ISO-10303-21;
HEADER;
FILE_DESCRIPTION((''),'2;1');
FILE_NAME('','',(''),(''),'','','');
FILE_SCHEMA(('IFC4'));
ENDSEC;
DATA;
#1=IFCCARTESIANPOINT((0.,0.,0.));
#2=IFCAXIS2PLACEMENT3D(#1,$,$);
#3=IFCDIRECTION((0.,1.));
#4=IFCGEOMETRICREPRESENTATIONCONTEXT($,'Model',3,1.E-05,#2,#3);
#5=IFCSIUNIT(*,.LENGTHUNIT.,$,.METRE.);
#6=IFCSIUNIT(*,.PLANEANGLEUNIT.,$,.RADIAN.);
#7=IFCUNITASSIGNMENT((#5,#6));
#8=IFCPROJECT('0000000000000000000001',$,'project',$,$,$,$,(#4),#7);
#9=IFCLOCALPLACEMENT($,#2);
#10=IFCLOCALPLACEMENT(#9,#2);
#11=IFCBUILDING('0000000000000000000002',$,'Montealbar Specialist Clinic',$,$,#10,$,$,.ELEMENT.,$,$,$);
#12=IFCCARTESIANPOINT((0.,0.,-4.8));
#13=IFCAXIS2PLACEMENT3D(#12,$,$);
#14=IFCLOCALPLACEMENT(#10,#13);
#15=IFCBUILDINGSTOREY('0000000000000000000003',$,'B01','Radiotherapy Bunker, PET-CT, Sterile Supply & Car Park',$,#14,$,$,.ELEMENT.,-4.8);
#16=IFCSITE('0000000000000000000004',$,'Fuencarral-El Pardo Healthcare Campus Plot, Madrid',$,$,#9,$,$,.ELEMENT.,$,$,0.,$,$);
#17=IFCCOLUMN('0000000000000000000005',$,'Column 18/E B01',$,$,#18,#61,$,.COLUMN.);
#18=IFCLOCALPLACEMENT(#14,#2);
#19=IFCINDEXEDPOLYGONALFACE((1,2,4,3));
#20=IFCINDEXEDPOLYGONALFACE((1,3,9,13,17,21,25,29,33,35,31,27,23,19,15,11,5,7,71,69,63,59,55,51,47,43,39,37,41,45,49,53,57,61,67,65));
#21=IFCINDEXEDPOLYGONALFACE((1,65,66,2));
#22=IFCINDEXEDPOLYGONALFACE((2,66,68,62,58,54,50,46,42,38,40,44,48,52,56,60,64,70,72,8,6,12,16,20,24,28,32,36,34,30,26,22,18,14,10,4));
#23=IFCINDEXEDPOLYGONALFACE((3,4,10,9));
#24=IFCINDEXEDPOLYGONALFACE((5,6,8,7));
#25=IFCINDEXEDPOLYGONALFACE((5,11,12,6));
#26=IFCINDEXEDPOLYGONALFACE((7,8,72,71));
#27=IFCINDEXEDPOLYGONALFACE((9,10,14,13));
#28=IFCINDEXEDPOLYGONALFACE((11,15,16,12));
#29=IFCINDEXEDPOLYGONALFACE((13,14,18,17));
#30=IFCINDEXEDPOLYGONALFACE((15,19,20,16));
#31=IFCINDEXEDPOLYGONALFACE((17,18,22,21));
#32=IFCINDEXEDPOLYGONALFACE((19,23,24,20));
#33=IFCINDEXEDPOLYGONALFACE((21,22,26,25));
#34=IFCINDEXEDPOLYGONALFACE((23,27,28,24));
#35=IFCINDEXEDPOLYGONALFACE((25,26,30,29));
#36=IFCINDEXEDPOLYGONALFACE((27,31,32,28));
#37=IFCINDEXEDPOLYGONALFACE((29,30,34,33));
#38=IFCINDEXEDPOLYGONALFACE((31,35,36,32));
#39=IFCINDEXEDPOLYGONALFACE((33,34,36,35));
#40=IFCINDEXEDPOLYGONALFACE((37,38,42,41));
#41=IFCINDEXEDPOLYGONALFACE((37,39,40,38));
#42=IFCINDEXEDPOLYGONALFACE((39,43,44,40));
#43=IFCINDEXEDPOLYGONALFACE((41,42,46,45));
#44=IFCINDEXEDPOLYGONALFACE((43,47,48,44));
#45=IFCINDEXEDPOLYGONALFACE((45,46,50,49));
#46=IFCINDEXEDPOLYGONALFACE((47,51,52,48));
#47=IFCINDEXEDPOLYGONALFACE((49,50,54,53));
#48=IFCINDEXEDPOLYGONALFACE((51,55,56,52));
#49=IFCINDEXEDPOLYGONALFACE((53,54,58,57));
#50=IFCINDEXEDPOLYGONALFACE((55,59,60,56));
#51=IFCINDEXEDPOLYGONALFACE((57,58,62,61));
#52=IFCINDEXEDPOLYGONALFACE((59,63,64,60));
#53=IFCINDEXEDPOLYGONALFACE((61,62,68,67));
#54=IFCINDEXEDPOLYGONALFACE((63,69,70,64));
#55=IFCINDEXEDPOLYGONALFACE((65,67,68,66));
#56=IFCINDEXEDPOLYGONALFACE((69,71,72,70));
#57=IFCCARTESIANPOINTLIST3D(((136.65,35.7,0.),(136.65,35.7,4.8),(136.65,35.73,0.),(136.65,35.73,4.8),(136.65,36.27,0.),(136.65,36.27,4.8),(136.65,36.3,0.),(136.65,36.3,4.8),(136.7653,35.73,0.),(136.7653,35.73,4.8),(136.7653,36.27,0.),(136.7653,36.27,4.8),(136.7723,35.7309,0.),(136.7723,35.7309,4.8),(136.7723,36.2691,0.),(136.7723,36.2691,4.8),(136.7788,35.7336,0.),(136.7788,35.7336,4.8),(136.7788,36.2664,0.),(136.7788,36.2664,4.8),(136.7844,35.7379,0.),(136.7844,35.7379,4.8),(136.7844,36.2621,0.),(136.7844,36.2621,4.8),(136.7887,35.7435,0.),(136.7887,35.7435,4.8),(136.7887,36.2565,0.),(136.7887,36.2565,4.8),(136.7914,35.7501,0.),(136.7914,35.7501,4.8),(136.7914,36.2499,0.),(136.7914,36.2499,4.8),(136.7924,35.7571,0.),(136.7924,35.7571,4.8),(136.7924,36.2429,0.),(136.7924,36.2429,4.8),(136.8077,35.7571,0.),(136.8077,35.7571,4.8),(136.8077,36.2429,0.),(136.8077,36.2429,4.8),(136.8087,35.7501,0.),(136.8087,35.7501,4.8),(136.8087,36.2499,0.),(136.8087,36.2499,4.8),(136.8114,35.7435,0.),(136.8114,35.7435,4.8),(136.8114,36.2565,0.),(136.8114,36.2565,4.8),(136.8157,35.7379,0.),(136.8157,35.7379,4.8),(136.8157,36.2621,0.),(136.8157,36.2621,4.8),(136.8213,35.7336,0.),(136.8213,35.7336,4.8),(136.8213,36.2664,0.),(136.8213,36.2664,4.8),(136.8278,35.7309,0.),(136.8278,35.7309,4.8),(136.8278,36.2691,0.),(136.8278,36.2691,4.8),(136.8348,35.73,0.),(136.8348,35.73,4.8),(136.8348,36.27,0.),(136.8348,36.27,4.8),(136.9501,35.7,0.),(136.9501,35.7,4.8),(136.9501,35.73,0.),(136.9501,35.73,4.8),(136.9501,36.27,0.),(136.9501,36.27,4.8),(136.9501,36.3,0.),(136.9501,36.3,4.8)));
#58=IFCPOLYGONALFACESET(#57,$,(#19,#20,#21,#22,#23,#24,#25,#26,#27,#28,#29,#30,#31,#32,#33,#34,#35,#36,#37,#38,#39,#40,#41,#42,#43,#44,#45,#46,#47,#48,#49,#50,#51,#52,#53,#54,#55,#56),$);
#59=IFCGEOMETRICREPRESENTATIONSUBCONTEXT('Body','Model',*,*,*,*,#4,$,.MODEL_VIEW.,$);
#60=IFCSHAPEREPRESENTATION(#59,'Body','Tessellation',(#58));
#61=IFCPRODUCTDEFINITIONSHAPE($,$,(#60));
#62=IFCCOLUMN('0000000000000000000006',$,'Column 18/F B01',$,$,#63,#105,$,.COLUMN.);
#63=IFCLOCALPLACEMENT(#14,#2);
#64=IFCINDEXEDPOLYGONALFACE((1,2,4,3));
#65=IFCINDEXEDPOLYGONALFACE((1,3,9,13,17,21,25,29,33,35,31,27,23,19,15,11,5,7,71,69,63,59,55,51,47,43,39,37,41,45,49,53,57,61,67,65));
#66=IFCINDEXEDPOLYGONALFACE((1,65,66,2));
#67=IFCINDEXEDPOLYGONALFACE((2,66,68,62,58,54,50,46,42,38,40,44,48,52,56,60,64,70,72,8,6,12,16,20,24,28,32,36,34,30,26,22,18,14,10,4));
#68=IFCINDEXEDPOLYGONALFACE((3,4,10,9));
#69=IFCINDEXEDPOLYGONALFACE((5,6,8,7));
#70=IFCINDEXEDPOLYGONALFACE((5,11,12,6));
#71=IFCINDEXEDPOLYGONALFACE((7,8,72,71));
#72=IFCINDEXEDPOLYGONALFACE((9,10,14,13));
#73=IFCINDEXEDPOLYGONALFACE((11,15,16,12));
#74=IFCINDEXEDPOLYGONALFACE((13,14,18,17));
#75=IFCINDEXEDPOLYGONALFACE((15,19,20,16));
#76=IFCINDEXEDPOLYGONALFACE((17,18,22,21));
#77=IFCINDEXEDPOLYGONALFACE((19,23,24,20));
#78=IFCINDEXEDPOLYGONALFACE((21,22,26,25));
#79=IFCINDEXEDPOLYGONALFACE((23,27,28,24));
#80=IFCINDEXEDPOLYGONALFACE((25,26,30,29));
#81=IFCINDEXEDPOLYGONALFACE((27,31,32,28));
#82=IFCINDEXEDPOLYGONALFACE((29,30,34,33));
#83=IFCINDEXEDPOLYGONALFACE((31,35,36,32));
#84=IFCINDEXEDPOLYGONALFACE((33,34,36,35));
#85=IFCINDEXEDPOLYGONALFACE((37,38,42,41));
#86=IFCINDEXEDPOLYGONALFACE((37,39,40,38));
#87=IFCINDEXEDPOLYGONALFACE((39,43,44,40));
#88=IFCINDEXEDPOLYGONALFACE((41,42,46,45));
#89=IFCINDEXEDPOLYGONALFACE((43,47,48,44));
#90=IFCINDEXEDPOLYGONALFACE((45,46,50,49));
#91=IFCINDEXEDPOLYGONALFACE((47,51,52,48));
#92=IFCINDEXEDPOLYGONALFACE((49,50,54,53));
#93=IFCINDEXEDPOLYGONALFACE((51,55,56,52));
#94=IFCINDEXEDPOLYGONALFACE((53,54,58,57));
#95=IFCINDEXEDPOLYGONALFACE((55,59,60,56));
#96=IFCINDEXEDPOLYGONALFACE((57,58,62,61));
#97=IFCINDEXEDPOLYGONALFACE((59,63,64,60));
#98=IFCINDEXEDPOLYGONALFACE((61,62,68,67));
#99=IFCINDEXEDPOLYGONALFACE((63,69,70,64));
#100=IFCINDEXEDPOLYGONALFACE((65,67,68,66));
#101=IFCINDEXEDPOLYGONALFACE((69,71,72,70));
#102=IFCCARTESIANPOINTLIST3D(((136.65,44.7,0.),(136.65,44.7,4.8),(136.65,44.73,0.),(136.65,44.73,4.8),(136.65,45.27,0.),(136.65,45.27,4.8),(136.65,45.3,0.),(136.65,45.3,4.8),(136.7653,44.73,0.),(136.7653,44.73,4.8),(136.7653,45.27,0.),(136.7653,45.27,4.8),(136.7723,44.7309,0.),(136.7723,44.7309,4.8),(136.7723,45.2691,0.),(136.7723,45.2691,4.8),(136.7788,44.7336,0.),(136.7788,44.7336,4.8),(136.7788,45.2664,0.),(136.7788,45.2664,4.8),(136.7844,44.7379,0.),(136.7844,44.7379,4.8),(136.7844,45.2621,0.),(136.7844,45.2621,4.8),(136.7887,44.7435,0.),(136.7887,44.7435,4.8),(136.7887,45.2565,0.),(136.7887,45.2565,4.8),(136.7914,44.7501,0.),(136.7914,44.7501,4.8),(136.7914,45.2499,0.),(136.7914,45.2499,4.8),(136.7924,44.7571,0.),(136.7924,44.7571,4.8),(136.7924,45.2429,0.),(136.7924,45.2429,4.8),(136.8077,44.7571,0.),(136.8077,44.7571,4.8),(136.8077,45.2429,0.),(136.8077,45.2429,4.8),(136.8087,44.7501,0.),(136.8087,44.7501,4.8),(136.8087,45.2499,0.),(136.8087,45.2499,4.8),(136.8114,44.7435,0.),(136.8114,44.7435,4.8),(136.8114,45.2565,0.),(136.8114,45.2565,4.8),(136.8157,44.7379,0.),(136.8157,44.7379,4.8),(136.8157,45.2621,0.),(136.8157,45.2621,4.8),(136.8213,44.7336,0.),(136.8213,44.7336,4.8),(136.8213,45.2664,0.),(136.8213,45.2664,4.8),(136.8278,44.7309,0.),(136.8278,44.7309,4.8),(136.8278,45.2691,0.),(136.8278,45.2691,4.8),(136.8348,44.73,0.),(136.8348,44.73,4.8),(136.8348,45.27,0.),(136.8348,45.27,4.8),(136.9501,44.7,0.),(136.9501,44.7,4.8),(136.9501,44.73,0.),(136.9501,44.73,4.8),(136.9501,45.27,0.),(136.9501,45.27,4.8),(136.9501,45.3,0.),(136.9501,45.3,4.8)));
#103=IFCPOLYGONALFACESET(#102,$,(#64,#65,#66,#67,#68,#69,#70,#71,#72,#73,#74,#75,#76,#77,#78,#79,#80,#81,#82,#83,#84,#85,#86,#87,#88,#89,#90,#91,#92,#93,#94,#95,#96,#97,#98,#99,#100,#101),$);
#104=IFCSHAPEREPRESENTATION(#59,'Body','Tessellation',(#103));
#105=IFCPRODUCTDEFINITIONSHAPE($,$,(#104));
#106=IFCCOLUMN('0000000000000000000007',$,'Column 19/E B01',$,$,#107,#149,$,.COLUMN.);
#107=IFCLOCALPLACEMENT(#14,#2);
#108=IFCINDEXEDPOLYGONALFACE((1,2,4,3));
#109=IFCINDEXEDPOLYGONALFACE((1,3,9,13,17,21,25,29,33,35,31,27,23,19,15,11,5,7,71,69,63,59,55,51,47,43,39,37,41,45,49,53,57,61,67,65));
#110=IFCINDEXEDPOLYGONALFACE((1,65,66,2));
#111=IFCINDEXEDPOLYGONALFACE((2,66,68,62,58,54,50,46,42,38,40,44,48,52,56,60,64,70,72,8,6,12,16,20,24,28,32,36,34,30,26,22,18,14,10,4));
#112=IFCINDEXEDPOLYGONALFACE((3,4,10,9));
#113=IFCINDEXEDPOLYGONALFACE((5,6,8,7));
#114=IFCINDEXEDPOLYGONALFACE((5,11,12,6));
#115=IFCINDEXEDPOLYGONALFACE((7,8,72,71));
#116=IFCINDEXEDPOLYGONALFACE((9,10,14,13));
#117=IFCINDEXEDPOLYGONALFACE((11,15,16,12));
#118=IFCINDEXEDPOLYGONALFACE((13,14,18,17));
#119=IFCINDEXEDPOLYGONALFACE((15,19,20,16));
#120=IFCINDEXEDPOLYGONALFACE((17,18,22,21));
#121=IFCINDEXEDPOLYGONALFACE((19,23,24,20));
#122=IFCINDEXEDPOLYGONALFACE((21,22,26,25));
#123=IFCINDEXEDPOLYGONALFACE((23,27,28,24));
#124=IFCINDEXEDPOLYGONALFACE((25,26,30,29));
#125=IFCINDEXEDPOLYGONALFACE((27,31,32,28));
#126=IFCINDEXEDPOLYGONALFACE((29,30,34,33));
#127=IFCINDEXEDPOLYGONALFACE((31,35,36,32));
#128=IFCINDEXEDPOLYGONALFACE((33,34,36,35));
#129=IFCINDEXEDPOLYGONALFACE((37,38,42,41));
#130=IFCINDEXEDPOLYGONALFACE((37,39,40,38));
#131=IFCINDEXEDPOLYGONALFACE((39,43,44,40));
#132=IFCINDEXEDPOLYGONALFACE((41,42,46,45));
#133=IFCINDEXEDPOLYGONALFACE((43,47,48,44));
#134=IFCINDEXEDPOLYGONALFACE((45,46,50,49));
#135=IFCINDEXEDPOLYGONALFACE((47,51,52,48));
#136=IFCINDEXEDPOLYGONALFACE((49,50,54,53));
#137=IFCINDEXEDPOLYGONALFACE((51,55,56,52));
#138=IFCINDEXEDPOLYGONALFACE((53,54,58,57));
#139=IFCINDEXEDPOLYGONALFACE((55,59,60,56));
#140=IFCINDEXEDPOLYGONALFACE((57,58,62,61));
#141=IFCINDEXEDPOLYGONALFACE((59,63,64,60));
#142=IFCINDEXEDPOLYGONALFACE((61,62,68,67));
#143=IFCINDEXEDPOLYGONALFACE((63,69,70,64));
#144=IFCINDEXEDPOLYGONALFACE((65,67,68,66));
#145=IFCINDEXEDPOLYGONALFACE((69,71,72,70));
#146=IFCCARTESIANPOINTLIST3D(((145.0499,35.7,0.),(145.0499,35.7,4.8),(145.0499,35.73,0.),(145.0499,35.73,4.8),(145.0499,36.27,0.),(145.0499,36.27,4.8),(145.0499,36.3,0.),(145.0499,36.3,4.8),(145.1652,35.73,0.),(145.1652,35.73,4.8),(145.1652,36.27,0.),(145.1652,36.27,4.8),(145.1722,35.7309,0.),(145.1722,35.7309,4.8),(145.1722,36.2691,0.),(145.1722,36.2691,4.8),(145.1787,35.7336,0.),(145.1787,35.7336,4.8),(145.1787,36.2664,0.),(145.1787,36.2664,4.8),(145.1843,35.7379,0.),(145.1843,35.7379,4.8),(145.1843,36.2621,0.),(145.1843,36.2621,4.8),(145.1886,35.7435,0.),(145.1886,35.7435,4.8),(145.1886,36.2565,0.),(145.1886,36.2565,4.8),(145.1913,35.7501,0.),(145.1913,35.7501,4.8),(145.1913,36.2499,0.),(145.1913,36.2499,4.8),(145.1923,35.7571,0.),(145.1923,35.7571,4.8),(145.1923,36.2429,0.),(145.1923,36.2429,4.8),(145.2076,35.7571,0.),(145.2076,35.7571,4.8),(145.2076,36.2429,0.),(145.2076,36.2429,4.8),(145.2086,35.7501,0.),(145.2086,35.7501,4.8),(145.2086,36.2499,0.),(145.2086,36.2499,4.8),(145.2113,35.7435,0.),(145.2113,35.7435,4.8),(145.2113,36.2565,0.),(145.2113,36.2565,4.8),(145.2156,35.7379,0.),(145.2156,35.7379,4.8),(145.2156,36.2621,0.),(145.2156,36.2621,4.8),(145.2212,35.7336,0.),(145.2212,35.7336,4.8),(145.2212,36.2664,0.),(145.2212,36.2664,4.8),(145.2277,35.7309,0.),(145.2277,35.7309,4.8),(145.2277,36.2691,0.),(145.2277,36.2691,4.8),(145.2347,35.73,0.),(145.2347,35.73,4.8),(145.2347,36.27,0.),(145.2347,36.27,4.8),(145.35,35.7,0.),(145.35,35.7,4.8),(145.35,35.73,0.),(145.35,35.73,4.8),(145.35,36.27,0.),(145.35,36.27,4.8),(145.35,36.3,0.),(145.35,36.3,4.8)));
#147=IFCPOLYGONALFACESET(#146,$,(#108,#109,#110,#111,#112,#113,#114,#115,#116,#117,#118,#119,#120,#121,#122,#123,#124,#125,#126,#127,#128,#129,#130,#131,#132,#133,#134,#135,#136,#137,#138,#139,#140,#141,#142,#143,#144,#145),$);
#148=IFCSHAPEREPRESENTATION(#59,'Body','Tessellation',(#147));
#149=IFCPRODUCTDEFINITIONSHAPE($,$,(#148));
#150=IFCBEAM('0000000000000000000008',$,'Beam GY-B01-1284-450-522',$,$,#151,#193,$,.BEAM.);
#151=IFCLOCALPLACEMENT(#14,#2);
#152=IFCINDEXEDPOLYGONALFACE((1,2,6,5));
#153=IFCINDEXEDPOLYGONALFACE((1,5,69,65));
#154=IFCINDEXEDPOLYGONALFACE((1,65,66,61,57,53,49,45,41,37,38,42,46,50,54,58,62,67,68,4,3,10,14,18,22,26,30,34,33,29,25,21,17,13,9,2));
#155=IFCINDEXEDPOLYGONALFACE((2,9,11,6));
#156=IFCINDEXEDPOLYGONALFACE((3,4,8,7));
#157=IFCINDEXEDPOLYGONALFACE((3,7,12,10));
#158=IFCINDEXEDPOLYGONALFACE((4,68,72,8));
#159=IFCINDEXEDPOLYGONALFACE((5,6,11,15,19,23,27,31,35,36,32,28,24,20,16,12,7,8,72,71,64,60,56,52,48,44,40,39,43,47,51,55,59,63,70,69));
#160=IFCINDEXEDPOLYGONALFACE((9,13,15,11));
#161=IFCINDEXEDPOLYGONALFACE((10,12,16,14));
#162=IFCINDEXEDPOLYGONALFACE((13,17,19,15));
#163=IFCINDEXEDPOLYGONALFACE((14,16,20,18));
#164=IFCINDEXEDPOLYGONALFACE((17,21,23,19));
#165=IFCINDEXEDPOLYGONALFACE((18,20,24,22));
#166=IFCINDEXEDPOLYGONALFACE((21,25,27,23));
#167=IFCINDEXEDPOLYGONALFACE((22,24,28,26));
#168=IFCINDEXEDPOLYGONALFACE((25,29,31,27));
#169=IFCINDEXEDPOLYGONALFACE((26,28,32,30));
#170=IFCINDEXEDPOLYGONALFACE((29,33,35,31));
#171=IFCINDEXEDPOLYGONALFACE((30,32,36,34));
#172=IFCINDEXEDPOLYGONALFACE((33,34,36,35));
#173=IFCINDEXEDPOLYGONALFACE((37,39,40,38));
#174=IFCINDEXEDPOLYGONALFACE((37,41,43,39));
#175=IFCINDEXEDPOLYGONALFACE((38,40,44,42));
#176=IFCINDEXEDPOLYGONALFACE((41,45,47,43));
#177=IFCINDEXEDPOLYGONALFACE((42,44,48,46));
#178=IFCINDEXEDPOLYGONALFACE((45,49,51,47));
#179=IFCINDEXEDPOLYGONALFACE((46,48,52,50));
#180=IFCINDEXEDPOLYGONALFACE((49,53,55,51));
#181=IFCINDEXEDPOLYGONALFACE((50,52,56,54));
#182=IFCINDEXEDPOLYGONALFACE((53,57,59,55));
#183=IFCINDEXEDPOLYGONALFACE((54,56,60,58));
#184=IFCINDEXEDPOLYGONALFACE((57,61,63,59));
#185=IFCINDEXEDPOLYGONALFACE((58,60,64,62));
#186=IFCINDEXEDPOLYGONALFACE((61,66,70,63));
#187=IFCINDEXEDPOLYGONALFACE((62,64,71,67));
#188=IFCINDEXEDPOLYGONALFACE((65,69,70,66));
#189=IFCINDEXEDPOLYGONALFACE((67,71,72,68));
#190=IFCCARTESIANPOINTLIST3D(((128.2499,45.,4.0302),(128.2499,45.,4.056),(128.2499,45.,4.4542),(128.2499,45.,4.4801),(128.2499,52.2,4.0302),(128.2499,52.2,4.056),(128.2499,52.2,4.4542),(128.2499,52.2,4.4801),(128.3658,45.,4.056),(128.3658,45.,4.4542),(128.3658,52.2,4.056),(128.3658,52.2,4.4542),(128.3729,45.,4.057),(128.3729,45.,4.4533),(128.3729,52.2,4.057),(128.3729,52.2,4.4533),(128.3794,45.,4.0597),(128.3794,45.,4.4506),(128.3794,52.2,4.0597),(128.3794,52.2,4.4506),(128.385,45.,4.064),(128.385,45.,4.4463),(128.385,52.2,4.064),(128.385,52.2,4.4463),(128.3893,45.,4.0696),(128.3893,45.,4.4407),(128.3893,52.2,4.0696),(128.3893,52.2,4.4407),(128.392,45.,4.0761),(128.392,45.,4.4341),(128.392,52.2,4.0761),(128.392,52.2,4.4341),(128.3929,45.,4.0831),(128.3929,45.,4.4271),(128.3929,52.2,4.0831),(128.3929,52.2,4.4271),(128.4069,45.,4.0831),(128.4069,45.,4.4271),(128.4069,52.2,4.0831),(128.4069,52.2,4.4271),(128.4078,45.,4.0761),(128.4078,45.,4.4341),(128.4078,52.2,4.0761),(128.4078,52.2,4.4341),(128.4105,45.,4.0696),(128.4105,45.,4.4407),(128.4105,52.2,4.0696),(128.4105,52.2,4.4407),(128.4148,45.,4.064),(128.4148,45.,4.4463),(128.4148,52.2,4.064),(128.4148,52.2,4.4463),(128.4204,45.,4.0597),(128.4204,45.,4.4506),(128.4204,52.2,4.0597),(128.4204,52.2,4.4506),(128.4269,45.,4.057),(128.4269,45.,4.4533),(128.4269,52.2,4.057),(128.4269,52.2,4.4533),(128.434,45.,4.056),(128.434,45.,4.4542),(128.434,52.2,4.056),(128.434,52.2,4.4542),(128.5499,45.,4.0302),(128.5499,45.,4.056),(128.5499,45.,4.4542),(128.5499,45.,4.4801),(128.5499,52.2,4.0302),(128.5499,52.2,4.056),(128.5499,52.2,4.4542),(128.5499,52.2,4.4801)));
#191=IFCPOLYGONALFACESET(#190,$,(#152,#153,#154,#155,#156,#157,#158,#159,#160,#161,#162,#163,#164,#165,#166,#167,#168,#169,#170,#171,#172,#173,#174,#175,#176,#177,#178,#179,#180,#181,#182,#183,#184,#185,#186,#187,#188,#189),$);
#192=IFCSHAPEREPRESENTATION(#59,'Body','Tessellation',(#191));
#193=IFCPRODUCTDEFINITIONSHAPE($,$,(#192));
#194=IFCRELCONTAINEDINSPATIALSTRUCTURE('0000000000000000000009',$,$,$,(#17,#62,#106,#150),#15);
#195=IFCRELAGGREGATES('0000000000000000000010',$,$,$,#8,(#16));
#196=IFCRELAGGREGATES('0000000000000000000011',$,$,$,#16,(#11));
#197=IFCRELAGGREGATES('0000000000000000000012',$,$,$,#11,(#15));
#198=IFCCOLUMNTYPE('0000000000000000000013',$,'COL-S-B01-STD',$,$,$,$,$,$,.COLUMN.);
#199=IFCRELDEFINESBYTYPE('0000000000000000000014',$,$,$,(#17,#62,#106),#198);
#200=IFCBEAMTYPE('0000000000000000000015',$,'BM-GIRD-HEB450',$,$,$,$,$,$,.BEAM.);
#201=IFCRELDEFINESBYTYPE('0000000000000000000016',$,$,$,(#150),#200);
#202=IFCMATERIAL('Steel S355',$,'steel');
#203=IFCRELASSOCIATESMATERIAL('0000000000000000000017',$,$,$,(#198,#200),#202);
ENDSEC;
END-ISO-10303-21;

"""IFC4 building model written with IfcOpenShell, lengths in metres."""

from ifc_helpers import new_model, si_unit, direction, frame, origin, origin_2d, place, context, subcontext, project, spatial, i_section, extrude, material, material_profile, profile_set, type_object, element, save


model = new_model("IFC4")

# Units and contexts
model_context = context("Model", 3, precision=1e-05, world=origin(), true_north=direction((0.0, 1.0)))
body_context = subcontext(model_context, "Body", "Model", "MODEL_VIEW")
ifc_project = project(units=[si_unit("LENGTHUNIT", "METRE"), si_unit("PLANEANGLEUNIT", "RADIAN")], contexts=[model_context])

# Site, building, storey
site_placement = place(None, origin())
site = spatial("IfcSite", under=ifc_project, at=site_placement, Name="Fuencarral-El Pardo Healthcare Campus Plot, Madrid", CompositionType="ELEMENT", RefElevation=0.0)
building_placement = place(site_placement, origin())
building = spatial("IfcBuilding", under=site, at=building_placement, Name="Montealbar Specialist Clinic", CompositionType="ELEMENT")
storey_placement = place(building_placement, frame((0.0, 0.0, -4.8)))
storey = spatial("IfcBuildingStorey", under=building, at=storey_placement, Name="B01", Description="Radiotherapy Bunker, PET-CT, Sterile Supply & Car Park", CompositionType="ELEMENT", Elevation=-4.8)

# Columns
ifc_material_1 = material(Name="Steel S355", Category="steel")
ifc_material_profile_1 = material_profile(ifc_material_1, i_section(OverallWidth=0.3, OverallDepth=0.6001, WebThickness=0.0154, FlangeThickness=0.03, FilletRadius=0.0271, at=origin_2d()), Name="HEB 600", Category="steel")
ifc_profile_set_1 = profile_set([ifc_material_profile_1], Name="Steel S355")
column_type = type_object("IfcColumnType", Name="COL-S-B01-STD", PredefinedType="COLUMN", material=ifc_profile_set_1)
for number, where, z_axis, x_axis, name in (
    (1, (136.8, 36.0, 0.0), (0.0, 0.0, 1.0), (1.0, 0.0, 0.0), "Column 18/E B01"),
    (2, (136.8, 45.0, 0.0), (0.0, 0.0, 1.0), (1.0, 0.0, 0.0), "Column 18/F B01"),
    (3, (145.2, 36.0, 0.0), (0.0, 0.0, 1.0), (1.0, 0.0, 0.0), "Column 19/E B01"),
):
    element("IfcColumn", number, at=place(storey_placement, frame(where, z_axis=z_axis, x_axis=x_axis)), inside=storey, type_object=column_type, Name=name, PredefinedType="COLUMN", context=body_context, shape_type="SweptSolid", body=[
        extrude(i_section(OverallWidth=0.3, OverallDepth=0.6001, WebThickness=0.0154, FlangeThickness=0.03, FilletRadius=0.0271, at=origin_2d()), origin(), (0.0, 0.0, 1.0), 4.8),
    ])

# Beam
ifc_material_profile_2 = material_profile(ifc_material_1, i_section(OverallWidth=0.3, OverallDepth=0.45, WebThickness=0.0139, FlangeThickness=0.0259, FilletRadius=0.0271, at=origin_2d()), Name="HEB 450", Category="steel")
ifc_profile_set_2 = profile_set([ifc_material_profile_2], Name="Steel S355")
beam_type_1 = type_object("IfcBeamType", Name="BM-GIRD-HEB450", PredefinedType="BEAM", material=ifc_profile_set_2)
for number, where, z_axis, x_axis, name in (
    (4, (128.3999, 45.0, 4.2551), (0.0, 1.0, 0.0), (-1.0, 0.0, 0.0), "Beam GY-B01-1284-450-522"),
):
    element("IfcBeam", number, at=place(storey_placement, frame(where, z_axis=z_axis, x_axis=x_axis)), inside=storey, type_object=beam_type_1, Name=name, PredefinedType="BEAM", context=body_context, shape_type="SweptSolid", body=[
        extrude(i_section(OverallWidth=0.3, OverallDepth=0.45, WebThickness=0.0139, FlangeThickness=0.0259, FilletRadius=0.0271, at=origin_2d()), origin(), (0.0, 0.0, 1.0), 7.2),
    ])

save(model, "model.ifc")
